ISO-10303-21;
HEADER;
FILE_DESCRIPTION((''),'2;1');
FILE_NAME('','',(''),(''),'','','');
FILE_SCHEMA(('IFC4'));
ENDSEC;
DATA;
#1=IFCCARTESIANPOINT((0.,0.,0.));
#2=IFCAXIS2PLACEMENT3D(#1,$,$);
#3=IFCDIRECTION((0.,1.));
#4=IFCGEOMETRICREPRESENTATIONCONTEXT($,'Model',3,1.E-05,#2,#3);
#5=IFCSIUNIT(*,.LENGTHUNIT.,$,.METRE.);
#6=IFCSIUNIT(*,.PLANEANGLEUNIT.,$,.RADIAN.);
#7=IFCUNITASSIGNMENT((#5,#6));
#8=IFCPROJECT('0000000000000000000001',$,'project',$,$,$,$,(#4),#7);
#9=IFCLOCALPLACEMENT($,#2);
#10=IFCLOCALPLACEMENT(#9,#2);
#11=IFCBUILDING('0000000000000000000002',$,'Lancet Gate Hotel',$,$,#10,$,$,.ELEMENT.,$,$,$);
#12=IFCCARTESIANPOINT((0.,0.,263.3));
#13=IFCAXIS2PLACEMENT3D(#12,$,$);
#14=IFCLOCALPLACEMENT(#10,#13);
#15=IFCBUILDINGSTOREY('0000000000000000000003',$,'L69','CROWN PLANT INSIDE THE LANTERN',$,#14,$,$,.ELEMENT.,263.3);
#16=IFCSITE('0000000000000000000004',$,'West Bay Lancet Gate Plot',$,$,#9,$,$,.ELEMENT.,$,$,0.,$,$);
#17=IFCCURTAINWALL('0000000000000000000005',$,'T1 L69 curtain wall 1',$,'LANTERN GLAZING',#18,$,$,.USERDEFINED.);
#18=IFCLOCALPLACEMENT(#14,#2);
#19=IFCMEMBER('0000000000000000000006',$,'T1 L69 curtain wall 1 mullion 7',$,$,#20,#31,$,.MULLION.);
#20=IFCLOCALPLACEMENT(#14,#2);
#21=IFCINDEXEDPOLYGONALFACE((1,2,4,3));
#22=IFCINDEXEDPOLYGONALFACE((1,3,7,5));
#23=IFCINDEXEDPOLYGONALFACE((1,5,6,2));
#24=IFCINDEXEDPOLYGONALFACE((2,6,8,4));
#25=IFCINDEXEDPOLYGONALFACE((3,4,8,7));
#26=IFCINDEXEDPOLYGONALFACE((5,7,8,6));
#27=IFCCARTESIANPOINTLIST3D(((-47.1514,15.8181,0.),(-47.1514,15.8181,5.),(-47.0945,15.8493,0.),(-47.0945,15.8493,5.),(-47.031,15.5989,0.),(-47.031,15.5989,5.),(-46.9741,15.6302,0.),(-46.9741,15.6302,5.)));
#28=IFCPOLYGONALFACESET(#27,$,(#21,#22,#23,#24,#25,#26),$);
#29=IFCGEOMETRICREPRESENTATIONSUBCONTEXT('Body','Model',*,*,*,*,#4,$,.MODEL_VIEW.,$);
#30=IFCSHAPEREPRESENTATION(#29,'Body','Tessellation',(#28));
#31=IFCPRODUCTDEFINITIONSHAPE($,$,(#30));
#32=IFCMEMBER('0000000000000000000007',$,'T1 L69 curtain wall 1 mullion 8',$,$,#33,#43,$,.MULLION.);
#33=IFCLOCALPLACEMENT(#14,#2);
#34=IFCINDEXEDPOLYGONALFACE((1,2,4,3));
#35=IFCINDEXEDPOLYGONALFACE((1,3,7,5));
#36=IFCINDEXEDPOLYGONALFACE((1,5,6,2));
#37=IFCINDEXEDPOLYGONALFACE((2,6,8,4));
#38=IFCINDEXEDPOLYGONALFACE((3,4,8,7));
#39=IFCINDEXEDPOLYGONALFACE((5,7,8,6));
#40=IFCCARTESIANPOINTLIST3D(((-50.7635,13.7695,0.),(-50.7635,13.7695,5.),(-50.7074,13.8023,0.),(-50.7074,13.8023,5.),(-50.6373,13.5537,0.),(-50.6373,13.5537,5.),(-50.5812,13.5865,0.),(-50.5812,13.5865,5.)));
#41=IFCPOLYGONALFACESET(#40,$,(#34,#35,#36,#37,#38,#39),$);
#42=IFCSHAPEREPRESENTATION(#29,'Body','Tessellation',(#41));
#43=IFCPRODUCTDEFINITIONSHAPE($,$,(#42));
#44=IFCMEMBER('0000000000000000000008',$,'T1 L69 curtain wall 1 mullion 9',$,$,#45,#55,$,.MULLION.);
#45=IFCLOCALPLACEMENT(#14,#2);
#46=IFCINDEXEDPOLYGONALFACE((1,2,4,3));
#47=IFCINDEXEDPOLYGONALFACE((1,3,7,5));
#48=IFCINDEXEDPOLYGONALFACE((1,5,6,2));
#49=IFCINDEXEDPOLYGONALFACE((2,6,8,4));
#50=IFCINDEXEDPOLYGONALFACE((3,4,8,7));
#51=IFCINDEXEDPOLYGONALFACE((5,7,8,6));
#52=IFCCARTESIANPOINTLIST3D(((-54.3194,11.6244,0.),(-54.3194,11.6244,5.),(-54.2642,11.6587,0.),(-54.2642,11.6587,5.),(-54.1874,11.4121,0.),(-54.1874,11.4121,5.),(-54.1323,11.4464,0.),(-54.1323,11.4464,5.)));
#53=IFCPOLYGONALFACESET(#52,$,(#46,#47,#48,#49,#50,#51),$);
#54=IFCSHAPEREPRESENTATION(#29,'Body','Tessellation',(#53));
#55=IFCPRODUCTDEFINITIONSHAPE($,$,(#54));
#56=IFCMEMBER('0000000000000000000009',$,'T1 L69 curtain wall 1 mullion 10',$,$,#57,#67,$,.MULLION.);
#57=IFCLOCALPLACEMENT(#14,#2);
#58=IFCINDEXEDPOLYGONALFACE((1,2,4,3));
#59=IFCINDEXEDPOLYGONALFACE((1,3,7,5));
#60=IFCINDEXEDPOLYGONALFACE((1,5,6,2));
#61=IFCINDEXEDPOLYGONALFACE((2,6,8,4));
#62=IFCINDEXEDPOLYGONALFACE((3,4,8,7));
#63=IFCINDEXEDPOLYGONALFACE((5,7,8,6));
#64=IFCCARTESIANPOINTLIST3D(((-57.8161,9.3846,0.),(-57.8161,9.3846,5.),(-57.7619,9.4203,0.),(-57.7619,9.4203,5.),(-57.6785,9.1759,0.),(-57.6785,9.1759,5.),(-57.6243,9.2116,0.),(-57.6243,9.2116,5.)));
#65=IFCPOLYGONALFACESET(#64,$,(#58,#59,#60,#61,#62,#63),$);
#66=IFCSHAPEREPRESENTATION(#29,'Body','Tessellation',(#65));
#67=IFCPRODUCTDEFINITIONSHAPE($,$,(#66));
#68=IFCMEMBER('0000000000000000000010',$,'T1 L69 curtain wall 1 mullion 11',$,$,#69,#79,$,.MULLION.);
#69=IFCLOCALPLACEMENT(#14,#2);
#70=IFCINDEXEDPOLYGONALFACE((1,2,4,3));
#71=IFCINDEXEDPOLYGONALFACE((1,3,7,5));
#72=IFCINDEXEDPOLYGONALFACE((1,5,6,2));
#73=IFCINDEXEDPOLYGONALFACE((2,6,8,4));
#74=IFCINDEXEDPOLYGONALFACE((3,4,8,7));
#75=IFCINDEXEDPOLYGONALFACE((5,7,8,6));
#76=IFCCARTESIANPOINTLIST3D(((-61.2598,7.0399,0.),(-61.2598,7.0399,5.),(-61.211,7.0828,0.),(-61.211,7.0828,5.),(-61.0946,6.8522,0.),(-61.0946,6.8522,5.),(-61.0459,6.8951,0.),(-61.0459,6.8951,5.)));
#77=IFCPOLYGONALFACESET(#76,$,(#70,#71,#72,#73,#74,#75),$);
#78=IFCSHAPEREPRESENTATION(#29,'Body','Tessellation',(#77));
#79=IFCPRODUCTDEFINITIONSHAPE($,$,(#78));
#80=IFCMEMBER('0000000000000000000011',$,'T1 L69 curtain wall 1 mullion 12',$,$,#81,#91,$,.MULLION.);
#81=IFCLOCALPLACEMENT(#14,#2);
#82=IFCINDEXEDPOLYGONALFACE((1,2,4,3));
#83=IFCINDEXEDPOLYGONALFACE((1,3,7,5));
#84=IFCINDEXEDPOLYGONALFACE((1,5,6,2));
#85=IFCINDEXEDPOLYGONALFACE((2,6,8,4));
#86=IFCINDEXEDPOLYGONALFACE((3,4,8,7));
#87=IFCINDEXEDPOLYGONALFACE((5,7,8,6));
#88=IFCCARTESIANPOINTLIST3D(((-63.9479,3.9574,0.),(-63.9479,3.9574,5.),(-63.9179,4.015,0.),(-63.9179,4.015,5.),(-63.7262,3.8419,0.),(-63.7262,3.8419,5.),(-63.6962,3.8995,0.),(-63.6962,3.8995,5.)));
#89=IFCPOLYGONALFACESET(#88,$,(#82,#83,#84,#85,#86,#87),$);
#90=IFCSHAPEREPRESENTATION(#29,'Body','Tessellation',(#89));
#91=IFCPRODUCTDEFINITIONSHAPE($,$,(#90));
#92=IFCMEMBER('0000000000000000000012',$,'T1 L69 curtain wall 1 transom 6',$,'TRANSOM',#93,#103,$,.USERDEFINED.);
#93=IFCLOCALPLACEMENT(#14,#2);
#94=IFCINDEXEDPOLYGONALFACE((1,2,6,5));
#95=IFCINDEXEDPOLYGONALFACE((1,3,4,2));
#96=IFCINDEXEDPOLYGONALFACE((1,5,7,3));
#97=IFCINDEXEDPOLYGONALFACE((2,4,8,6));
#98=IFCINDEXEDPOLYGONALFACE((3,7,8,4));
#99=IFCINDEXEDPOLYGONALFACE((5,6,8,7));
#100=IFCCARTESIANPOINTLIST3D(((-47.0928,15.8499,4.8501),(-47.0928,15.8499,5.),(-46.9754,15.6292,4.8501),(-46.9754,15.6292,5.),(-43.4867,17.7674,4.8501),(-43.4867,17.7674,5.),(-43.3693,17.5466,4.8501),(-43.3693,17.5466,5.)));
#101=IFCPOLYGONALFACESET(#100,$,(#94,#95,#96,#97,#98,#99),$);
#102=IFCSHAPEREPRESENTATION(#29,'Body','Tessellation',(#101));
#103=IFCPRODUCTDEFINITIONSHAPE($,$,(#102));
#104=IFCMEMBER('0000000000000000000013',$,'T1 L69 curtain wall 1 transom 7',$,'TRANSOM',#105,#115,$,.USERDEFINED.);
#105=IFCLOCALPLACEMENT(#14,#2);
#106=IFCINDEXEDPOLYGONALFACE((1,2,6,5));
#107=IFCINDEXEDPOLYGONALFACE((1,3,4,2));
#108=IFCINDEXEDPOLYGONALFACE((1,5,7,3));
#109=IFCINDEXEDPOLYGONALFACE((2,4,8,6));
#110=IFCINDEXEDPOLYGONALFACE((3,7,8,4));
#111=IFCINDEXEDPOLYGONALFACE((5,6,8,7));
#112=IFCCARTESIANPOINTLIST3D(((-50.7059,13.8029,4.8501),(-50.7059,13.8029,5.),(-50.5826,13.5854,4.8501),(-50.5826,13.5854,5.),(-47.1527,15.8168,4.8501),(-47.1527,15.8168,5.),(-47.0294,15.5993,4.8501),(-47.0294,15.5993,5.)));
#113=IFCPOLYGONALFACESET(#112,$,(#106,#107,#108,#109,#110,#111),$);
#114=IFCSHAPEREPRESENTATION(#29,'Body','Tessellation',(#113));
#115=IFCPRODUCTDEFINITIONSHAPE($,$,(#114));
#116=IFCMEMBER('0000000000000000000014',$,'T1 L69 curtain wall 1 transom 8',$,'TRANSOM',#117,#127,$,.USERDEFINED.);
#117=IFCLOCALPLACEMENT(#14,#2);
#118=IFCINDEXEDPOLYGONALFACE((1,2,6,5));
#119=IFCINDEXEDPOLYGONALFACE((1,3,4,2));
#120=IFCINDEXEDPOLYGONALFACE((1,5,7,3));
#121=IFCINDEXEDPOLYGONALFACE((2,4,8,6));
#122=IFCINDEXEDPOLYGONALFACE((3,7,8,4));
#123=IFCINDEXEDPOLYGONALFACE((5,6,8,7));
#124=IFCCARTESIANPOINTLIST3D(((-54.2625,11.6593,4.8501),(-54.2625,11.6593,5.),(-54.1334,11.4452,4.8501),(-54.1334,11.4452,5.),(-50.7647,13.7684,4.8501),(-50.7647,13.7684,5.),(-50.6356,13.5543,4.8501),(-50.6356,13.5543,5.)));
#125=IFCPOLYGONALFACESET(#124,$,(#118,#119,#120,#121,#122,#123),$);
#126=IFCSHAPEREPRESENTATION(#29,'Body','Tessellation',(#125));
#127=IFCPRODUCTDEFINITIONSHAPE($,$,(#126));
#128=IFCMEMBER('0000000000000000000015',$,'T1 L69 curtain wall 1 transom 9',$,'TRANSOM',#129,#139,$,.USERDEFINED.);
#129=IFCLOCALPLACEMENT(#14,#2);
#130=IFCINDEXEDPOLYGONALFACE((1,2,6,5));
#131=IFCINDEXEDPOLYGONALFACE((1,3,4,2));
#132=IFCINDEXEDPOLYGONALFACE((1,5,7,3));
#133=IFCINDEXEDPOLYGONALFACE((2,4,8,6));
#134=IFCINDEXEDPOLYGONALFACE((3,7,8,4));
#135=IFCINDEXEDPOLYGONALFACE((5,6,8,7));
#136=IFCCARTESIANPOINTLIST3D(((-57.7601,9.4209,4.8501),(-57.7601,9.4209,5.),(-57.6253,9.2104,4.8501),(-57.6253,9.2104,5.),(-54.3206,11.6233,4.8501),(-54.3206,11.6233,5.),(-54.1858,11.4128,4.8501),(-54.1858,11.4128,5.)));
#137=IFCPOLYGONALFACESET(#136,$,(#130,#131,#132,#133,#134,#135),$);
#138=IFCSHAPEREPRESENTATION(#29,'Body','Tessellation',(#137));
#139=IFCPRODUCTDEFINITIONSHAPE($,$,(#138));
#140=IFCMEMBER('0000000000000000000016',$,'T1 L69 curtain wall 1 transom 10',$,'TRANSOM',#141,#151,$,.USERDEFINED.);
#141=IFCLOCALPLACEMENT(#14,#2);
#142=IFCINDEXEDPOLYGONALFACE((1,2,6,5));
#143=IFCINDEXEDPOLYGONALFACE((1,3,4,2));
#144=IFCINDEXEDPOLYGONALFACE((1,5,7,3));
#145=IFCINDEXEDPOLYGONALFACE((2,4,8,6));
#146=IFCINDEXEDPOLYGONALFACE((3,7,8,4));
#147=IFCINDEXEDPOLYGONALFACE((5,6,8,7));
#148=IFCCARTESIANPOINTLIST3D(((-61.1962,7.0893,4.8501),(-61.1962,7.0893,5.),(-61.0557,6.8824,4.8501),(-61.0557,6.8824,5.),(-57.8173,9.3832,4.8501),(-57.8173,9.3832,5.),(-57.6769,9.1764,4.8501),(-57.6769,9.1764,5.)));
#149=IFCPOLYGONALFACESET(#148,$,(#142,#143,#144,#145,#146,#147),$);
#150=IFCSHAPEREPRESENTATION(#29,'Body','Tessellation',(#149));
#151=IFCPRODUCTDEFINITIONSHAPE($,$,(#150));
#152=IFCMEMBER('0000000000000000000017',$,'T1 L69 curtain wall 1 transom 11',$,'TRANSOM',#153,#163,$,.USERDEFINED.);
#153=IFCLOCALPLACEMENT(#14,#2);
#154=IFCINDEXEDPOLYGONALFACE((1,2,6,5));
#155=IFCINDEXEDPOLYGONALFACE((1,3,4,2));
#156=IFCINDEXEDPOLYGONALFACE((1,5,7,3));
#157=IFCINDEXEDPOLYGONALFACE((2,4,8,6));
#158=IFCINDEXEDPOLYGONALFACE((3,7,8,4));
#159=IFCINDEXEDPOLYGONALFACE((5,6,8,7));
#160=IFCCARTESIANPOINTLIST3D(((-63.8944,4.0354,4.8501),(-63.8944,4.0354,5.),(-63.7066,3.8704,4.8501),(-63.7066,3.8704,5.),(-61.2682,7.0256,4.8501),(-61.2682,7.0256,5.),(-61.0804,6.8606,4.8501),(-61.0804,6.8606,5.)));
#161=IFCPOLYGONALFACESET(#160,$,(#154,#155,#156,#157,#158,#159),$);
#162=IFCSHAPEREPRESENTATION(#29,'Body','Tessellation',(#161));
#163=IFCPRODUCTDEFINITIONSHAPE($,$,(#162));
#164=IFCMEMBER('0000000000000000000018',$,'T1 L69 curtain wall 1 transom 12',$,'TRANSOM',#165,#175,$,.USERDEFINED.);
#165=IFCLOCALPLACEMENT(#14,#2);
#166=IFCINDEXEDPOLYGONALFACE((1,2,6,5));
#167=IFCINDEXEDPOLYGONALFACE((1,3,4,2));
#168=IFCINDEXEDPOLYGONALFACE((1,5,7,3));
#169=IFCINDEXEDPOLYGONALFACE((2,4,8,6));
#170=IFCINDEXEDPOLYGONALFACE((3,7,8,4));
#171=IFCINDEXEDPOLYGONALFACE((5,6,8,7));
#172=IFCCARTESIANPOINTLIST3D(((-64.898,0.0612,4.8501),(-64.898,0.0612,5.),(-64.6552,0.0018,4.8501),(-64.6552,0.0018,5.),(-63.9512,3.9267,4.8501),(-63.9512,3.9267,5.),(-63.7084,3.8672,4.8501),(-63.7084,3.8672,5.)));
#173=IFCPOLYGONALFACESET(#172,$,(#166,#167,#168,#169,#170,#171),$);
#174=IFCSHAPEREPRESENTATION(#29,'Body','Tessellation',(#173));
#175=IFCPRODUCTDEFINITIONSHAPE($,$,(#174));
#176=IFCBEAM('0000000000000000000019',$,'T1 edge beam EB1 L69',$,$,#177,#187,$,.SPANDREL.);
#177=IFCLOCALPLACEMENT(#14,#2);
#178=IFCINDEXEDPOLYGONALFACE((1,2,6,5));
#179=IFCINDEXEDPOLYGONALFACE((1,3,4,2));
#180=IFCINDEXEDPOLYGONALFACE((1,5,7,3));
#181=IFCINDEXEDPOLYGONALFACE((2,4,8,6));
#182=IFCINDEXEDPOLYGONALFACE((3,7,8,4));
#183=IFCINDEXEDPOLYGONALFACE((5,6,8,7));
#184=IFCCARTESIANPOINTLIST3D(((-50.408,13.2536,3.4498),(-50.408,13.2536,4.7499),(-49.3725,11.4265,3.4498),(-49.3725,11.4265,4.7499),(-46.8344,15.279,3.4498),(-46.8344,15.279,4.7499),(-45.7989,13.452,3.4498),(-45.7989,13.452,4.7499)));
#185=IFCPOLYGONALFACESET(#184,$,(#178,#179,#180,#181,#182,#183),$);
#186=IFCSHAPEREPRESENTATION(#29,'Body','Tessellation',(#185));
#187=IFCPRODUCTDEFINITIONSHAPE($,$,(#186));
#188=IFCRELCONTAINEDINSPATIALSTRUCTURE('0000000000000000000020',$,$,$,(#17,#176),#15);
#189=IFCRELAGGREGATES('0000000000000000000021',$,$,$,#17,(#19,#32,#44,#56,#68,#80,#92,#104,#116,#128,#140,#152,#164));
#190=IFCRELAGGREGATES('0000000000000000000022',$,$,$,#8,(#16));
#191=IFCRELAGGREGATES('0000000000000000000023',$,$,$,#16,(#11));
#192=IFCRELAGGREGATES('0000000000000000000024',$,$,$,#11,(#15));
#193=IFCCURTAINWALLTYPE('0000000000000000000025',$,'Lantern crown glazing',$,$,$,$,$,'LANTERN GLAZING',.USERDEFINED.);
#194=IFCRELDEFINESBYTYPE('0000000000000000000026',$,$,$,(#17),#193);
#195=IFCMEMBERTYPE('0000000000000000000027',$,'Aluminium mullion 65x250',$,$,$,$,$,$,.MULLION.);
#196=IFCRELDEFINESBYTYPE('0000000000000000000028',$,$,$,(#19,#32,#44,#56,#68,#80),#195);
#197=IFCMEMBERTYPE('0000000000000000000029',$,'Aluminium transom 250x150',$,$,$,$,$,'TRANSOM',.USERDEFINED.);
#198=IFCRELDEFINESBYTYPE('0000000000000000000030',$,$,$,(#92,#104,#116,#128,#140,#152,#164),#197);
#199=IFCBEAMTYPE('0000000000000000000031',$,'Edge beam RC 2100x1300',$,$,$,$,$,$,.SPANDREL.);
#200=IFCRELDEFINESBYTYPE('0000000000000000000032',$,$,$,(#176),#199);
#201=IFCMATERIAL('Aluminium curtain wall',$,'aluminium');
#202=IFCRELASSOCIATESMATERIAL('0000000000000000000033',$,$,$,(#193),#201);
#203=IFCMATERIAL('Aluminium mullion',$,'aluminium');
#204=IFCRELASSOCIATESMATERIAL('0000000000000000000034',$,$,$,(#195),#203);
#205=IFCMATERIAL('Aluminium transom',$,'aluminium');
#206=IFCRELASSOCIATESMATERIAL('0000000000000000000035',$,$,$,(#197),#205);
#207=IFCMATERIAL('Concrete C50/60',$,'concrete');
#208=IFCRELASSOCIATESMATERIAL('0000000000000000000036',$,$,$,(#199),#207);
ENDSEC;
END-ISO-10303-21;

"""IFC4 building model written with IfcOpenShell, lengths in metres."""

from ifc_helpers import new_model, si_unit, direction, frame, origin, origin_2d, place, context, subcontext, project, spatial, rectangle, extrude, material, material_profile, profile_set, type_object, element, aggregate, save


model = new_model("IFC4")

# Units and contexts
model_context = context("Model", 3, precision=1e-05, world=origin(), true_north=direction((0.0, 1.0)))
body_context = subcontext(model_context, "Body", "Model", "MODEL_VIEW")
ifc_project = project(units=[si_unit("LENGTHUNIT", "METRE"), si_unit("PLANEANGLEUNIT", "RADIAN")], contexts=[model_context])

# Site, building, storey
site_placement = place(None, origin())
site = spatial("IfcSite", under=ifc_project, at=site_placement, Name="West Bay Lancet Gate Plot", CompositionType="ELEMENT", RefElevation=0.0)
building_placement = place(site_placement, origin())
building = spatial("IfcBuilding", under=site, at=building_placement, Name="Lancet Gate Hotel", CompositionType="ELEMENT")
storey_placement = place(building_placement, frame((0.0, 0.0, 263.3)))
storey = spatial("IfcBuildingStorey", under=building, at=storey_placement, Name="L69", Description="CROWN PLANT INSIDE THE LANTERN", CompositionType="ELEMENT", Elevation=263.3)

# Curtain wall, members
ifc_material_1 = material(Name="Aluminium curtain wall", Category="aluminium")
curtain_wall_type = type_object("IfcCurtainWallType", Name="Lantern crown glazing", ElementType="LANTERN GLAZING", PredefinedType="USERDEFINED", material=ifc_material_1)
curtain_wall_placement = place(storey_placement, origin())
curtain_wall = element("IfcCurtainWall", 1, at=curtain_wall_placement, inside=storey, type_object=curtain_wall_type, Name="T1 L69 curtain wall 1", ObjectType="LANTERN GLAZING", PredefinedType="USERDEFINED")
ifc_material_2 = material(Name="Aluminium mullion", Category="aluminium")
ifc_material_profile_1 = material_profile(ifc_material_2, rectangle(XDim=0.0649, YDim=0.25, at=origin_2d()), Name="MULLION 65x250")
ifc_profile_set_1 = profile_set([ifc_material_profile_1], Name="Aluminium mullion")
member_type_1 = type_object("IfcMemberType", Name="Aluminium mullion 65x250", PredefinedType="MULLION", material=ifc_profile_set_1)
member_1_placement = place(storey_placement, frame((-47.0627, 15.7241, 0.0), z_axis=(0.0, 0.0, 1.0), x_axis=(-0.876516, -0.481372, 0.0)))
member_1 = element("IfcMember", 2, at=member_1_placement, type_object=member_type_1, Name="T1 L69 curtain wall 1 mullion 7", PredefinedType="MULLION", context=body_context, shape_type="SweptSolid", body=[
    extrude(rectangle(XDim=0.0649, YDim=0.25, at=origin_2d()), origin(), (0.0, 0.0, 1.0), 5.0),
])
member_2_placement = place(storey_placement, frame((-50.6724, 13.678, 0.0), z_axis=(0.0, 0.0, 1.0), x_axis=(-0.863242, -0.50479, 0.0)))
member_2 = element("IfcMember", 3, at=member_2_placement, type_object=member_type_1, Name="T1 L69 curtain wall 1 mullion 8", PredefinedType="MULLION", context=body_context, shape_type="SweptSolid", body=[
    extrude(rectangle(XDim=0.0649, YDim=0.25, at=origin_2d()), origin(), (0.0, 0.0, 1.0), 5.0),
])
member_3_placement = place(storey_placement, frame((-54.2258, 11.5354, 0.0), z_axis=(0.0, 0.0, 1.0), x_axis=(-0.849342, -0.527842, 0.0)))
member_3 = element("IfcMember", 4, at=member_3_placement, type_object=member_type_1, Name="T1 L69 curtain wall 1 mullion 9", PredefinedType="MULLION", context=body_context, shape_type="SweptSolid", body=[
    extrude(rectangle(XDim=0.0649, YDim=0.25, at=origin_2d()), origin(), (0.0, 0.0, 1.0), 5.0),
])
member_4_placement = place(storey_placement, frame((-57.7202, 9.2981, 0.0), z_axis=(0.0, 0.0, 1.0), x_axis=(-0.834827, -0.550512, 0.0)))
member_4 = element("IfcMember", 5, at=member_4_placement, type_object=member_type_1, Name="T1 L69 curtain wall 1 mullion 10", PredefinedType="MULLION", context=body_context, shape_type="SweptSolid", body=[
    extrude(rectangle(XDim=0.0649, YDim=0.25, at=origin_2d()), origin(), (0.0, 0.0, 1.0), 5.0),
])
member_5_placement = place(storey_placement, frame((-61.1528, 6.9675, 0.0), z_axis=(0.0, 0.0, 1.0), x_axis=(-0.750716, -0.660626, 0.0)))
member_5 = element("IfcMember", 6, at=member_5_placement, type_object=member_type_1, Name="T1 L69 curtain wall 1 mullion 11", PredefinedType="MULLION", context=body_context, shape_type="SweptSolid", body=[
    extrude(rectangle(XDim=0.0649, YDim=0.25, at=origin_2d()), origin(), (0.0, 0.0, 1.0), 5.0),
])
member_6_placement = place(storey_placement, frame((-63.822, 3.9285, 0.0), z_axis=(0.0, 0.0, 1.0), x_axis=(-0.462178, -0.886787, 0.0)))
member_6 = element("IfcMember", 7, at=member_6_placement, type_object=member_type_1, Name="T1 L69 curtain wall 1 mullion 12", PredefinedType="MULLION", context=body_context, shape_type="SweptSolid", body=[
    extrude(rectangle(XDim=0.0649, YDim=0.25, at=origin_2d()), origin(), (0.0, 0.0, 1.0), 5.0),
])
ifc_material_3 = material(Name="Aluminium transom", Category="aluminium")
ifc_material_profile_2 = material_profile(ifc_material_3, rectangle(XDim=0.25, YDim=0.1499, at=origin_2d()), Name="TRANSOM 250x150")
ifc_profile_set_2 = profile_set([ifc_material_profile_2], Name="Aluminium transom")
member_type_2 = type_object("IfcMemberType", Name="Aluminium transom 250x150", ElementType="TRANSOM", PredefinedType="USERDEFINED", material=ifc_profile_set_2)
member_7_placement = place(storey_placement, frame((-43.428, 17.657, 4.925), z_axis=(-0.882945, -0.469477, 0.0), x_axis=(0.469477, -0.882945, 0.0)))
member_7 = element("IfcMember", 8, at=member_7_placement, type_object=member_type_2, Name="T1 L69 curtain wall 1 transom 6", ObjectType="TRANSOM", PredefinedType="USERDEFINED", context=body_context, shape_type="SweptSolid", body=[
    extrude(rectangle(XDim=0.25, YDim=0.1499, at=origin_2d()), origin(), (0.0, 0.0, 1.0), 4.0842),
])
member_8_placement = place(storey_placement, frame((-47.0911, 15.708, 4.925), z_axis=(-0.869978, -0.493091, 0.0), x_axis=(0.493091, -0.869978, 0.0)))
member_8 = element("IfcMember", 9, at=member_8_placement, type_object=member_type_2, Name="T1 L69 curtain wall 1 transom 7", ObjectType="TRANSOM", PredefinedType="USERDEFINED", context=body_context, shape_type="SweptSolid", body=[
    extrude(rectangle(XDim=0.25, YDim=0.1499, at=origin_2d()), origin(), (0.0, 0.0, 1.0), 4.0842),
])
member_9_placement = place(storey_placement, frame((-50.7002, 13.6614, 4.925), z_axis=(-0.856362, -0.516376, 0.0), x_axis=(0.516376, -0.856362, 0.0)))
member_9 = element("IfcMember", 10, at=member_9_placement, type_object=member_type_2, Name="T1 L69 curtain wall 1 transom 8", ObjectType="TRANSOM", PredefinedType="USERDEFINED", context=body_context, shape_type="SweptSolid", body=[
    extrude(rectangle(XDim=0.25, YDim=0.1499, at=origin_2d()), origin(), (0.0, 0.0, 1.0), 4.0845),
])
member_10_placement = place(storey_placement, frame((-54.2532, 11.5181, 4.925), z_axis=(-0.842144, -0.539252, 0.0), x_axis=(0.539252, -0.842144, 0.0)))
member_10 = element("IfcMember", 11, at=member_10_placement, type_object=member_type_2, Name="T1 L69 curtain wall 1 transom 9", ObjectType="TRANSOM", PredefinedType="USERDEFINED", context=body_context, shape_type="SweptSolid", body=[
    extrude(rectangle(XDim=0.25, YDim=0.1499, at=origin_2d()), origin(), (0.0, 0.0, 1.0), 4.0842),
])
member_11_placement = place(storey_placement, frame((-57.7471, 9.2798, 4.925), z_axis=(-0.827349, -0.561689, 0.0), x_axis=(0.561689, -0.827349, 0.0)))
member_11 = element("IfcMember", 12, at=member_11_placement, type_object=member_type_2, Name="T1 L69 curtain wall 1 transom 10", ObjectType="TRANSOM", PredefinedType="USERDEFINED", context=body_context, shape_type="SweptSolid", body=[
    extrude(rectangle(XDim=0.25, YDim=0.1499, at=origin_2d()), origin(), (0.0, 0.0, 1.0), 4.084),
])
member_12_placement = place(storey_placement, frame((-61.1743, 6.9431, 4.925), z_axis=(-0.659893, -0.751359, 0.0), x_axis=(0.751359, -0.659893, 0.0)))
member_12 = element("IfcMember", 13, at=member_12_placement, type_object=member_type_2, Name="T1 L69 curtain wall 1 transom 11", ObjectType="TRANSOM", PredefinedType="USERDEFINED", context=body_context, shape_type="SweptSolid", body=[
    extrude(rectangle(XDim=0.25, YDim=0.1499, at=origin_2d()), origin(), (0.0, 0.0, 1.0), 3.9797),
])
member_13_placement = place(storey_placement, frame((-63.8298, 3.897, 4.925), z_axis=(-0.237899, -0.97129, 0.0), x_axis=(0.97129, -0.237899, 0.0)))
member_13 = element("IfcMember", 14, at=member_13_placement, type_object=member_type_2, Name="T1 L69 curtain wall 1 transom 12", ObjectType="TRANSOM", PredefinedType="USERDEFINED", context=body_context, shape_type="SweptSolid", body=[
    extrude(rectangle(XDim=0.25, YDim=0.1499, at=origin_2d()), origin(), (0.0, 0.0, 1.0), 3.9797),
])

# Beam
ifc_material_4 = material(Name="Concrete C50/60", Category="concrete")
ifc_material_profile_3 = material_profile(ifc_material_4, rectangle(XDim=2.1001, YDim=1.3, at=origin_2d()), Name="RC 2100x1300")
ifc_profile_set_3 = profile_set([ifc_material_profile_3], Name="Concrete C50/60")
beam_type_1 = type_object("IfcBeamType", Name="Edge beam RC 2100x1300", PredefinedType="SPANDREL", material=ifc_profile_set_3)
for number, where, z_axis, x_axis, name in (
    (15, (-46.3167, 14.3655, 4.0999), (-0.869979, -0.493089, 0.0), (0.493089, -0.869979, 0.0), "T1 edge beam EB1 L69"),
):
    element("IfcBeam", number, at=place(storey_placement, frame(where, z_axis=z_axis, x_axis=x_axis)), inside=storey, type_object=beam_type_1, Name=name, PredefinedType="SPANDREL", context=body_context, shape_type="SweptSolid", body=[
        extrude(rectangle(XDim=2.1001, YDim=1.3, at=origin_2d()), origin(), (0.0, 0.0, 1.0), 4.1077),
    ])

aggregate(curtain_wall, [member_1, member_2, member_3, member_4, member_5, member_6, member_7, member_8, member_9, member_10, member_11, member_12, member_13])

save(model, "model.ifc")
